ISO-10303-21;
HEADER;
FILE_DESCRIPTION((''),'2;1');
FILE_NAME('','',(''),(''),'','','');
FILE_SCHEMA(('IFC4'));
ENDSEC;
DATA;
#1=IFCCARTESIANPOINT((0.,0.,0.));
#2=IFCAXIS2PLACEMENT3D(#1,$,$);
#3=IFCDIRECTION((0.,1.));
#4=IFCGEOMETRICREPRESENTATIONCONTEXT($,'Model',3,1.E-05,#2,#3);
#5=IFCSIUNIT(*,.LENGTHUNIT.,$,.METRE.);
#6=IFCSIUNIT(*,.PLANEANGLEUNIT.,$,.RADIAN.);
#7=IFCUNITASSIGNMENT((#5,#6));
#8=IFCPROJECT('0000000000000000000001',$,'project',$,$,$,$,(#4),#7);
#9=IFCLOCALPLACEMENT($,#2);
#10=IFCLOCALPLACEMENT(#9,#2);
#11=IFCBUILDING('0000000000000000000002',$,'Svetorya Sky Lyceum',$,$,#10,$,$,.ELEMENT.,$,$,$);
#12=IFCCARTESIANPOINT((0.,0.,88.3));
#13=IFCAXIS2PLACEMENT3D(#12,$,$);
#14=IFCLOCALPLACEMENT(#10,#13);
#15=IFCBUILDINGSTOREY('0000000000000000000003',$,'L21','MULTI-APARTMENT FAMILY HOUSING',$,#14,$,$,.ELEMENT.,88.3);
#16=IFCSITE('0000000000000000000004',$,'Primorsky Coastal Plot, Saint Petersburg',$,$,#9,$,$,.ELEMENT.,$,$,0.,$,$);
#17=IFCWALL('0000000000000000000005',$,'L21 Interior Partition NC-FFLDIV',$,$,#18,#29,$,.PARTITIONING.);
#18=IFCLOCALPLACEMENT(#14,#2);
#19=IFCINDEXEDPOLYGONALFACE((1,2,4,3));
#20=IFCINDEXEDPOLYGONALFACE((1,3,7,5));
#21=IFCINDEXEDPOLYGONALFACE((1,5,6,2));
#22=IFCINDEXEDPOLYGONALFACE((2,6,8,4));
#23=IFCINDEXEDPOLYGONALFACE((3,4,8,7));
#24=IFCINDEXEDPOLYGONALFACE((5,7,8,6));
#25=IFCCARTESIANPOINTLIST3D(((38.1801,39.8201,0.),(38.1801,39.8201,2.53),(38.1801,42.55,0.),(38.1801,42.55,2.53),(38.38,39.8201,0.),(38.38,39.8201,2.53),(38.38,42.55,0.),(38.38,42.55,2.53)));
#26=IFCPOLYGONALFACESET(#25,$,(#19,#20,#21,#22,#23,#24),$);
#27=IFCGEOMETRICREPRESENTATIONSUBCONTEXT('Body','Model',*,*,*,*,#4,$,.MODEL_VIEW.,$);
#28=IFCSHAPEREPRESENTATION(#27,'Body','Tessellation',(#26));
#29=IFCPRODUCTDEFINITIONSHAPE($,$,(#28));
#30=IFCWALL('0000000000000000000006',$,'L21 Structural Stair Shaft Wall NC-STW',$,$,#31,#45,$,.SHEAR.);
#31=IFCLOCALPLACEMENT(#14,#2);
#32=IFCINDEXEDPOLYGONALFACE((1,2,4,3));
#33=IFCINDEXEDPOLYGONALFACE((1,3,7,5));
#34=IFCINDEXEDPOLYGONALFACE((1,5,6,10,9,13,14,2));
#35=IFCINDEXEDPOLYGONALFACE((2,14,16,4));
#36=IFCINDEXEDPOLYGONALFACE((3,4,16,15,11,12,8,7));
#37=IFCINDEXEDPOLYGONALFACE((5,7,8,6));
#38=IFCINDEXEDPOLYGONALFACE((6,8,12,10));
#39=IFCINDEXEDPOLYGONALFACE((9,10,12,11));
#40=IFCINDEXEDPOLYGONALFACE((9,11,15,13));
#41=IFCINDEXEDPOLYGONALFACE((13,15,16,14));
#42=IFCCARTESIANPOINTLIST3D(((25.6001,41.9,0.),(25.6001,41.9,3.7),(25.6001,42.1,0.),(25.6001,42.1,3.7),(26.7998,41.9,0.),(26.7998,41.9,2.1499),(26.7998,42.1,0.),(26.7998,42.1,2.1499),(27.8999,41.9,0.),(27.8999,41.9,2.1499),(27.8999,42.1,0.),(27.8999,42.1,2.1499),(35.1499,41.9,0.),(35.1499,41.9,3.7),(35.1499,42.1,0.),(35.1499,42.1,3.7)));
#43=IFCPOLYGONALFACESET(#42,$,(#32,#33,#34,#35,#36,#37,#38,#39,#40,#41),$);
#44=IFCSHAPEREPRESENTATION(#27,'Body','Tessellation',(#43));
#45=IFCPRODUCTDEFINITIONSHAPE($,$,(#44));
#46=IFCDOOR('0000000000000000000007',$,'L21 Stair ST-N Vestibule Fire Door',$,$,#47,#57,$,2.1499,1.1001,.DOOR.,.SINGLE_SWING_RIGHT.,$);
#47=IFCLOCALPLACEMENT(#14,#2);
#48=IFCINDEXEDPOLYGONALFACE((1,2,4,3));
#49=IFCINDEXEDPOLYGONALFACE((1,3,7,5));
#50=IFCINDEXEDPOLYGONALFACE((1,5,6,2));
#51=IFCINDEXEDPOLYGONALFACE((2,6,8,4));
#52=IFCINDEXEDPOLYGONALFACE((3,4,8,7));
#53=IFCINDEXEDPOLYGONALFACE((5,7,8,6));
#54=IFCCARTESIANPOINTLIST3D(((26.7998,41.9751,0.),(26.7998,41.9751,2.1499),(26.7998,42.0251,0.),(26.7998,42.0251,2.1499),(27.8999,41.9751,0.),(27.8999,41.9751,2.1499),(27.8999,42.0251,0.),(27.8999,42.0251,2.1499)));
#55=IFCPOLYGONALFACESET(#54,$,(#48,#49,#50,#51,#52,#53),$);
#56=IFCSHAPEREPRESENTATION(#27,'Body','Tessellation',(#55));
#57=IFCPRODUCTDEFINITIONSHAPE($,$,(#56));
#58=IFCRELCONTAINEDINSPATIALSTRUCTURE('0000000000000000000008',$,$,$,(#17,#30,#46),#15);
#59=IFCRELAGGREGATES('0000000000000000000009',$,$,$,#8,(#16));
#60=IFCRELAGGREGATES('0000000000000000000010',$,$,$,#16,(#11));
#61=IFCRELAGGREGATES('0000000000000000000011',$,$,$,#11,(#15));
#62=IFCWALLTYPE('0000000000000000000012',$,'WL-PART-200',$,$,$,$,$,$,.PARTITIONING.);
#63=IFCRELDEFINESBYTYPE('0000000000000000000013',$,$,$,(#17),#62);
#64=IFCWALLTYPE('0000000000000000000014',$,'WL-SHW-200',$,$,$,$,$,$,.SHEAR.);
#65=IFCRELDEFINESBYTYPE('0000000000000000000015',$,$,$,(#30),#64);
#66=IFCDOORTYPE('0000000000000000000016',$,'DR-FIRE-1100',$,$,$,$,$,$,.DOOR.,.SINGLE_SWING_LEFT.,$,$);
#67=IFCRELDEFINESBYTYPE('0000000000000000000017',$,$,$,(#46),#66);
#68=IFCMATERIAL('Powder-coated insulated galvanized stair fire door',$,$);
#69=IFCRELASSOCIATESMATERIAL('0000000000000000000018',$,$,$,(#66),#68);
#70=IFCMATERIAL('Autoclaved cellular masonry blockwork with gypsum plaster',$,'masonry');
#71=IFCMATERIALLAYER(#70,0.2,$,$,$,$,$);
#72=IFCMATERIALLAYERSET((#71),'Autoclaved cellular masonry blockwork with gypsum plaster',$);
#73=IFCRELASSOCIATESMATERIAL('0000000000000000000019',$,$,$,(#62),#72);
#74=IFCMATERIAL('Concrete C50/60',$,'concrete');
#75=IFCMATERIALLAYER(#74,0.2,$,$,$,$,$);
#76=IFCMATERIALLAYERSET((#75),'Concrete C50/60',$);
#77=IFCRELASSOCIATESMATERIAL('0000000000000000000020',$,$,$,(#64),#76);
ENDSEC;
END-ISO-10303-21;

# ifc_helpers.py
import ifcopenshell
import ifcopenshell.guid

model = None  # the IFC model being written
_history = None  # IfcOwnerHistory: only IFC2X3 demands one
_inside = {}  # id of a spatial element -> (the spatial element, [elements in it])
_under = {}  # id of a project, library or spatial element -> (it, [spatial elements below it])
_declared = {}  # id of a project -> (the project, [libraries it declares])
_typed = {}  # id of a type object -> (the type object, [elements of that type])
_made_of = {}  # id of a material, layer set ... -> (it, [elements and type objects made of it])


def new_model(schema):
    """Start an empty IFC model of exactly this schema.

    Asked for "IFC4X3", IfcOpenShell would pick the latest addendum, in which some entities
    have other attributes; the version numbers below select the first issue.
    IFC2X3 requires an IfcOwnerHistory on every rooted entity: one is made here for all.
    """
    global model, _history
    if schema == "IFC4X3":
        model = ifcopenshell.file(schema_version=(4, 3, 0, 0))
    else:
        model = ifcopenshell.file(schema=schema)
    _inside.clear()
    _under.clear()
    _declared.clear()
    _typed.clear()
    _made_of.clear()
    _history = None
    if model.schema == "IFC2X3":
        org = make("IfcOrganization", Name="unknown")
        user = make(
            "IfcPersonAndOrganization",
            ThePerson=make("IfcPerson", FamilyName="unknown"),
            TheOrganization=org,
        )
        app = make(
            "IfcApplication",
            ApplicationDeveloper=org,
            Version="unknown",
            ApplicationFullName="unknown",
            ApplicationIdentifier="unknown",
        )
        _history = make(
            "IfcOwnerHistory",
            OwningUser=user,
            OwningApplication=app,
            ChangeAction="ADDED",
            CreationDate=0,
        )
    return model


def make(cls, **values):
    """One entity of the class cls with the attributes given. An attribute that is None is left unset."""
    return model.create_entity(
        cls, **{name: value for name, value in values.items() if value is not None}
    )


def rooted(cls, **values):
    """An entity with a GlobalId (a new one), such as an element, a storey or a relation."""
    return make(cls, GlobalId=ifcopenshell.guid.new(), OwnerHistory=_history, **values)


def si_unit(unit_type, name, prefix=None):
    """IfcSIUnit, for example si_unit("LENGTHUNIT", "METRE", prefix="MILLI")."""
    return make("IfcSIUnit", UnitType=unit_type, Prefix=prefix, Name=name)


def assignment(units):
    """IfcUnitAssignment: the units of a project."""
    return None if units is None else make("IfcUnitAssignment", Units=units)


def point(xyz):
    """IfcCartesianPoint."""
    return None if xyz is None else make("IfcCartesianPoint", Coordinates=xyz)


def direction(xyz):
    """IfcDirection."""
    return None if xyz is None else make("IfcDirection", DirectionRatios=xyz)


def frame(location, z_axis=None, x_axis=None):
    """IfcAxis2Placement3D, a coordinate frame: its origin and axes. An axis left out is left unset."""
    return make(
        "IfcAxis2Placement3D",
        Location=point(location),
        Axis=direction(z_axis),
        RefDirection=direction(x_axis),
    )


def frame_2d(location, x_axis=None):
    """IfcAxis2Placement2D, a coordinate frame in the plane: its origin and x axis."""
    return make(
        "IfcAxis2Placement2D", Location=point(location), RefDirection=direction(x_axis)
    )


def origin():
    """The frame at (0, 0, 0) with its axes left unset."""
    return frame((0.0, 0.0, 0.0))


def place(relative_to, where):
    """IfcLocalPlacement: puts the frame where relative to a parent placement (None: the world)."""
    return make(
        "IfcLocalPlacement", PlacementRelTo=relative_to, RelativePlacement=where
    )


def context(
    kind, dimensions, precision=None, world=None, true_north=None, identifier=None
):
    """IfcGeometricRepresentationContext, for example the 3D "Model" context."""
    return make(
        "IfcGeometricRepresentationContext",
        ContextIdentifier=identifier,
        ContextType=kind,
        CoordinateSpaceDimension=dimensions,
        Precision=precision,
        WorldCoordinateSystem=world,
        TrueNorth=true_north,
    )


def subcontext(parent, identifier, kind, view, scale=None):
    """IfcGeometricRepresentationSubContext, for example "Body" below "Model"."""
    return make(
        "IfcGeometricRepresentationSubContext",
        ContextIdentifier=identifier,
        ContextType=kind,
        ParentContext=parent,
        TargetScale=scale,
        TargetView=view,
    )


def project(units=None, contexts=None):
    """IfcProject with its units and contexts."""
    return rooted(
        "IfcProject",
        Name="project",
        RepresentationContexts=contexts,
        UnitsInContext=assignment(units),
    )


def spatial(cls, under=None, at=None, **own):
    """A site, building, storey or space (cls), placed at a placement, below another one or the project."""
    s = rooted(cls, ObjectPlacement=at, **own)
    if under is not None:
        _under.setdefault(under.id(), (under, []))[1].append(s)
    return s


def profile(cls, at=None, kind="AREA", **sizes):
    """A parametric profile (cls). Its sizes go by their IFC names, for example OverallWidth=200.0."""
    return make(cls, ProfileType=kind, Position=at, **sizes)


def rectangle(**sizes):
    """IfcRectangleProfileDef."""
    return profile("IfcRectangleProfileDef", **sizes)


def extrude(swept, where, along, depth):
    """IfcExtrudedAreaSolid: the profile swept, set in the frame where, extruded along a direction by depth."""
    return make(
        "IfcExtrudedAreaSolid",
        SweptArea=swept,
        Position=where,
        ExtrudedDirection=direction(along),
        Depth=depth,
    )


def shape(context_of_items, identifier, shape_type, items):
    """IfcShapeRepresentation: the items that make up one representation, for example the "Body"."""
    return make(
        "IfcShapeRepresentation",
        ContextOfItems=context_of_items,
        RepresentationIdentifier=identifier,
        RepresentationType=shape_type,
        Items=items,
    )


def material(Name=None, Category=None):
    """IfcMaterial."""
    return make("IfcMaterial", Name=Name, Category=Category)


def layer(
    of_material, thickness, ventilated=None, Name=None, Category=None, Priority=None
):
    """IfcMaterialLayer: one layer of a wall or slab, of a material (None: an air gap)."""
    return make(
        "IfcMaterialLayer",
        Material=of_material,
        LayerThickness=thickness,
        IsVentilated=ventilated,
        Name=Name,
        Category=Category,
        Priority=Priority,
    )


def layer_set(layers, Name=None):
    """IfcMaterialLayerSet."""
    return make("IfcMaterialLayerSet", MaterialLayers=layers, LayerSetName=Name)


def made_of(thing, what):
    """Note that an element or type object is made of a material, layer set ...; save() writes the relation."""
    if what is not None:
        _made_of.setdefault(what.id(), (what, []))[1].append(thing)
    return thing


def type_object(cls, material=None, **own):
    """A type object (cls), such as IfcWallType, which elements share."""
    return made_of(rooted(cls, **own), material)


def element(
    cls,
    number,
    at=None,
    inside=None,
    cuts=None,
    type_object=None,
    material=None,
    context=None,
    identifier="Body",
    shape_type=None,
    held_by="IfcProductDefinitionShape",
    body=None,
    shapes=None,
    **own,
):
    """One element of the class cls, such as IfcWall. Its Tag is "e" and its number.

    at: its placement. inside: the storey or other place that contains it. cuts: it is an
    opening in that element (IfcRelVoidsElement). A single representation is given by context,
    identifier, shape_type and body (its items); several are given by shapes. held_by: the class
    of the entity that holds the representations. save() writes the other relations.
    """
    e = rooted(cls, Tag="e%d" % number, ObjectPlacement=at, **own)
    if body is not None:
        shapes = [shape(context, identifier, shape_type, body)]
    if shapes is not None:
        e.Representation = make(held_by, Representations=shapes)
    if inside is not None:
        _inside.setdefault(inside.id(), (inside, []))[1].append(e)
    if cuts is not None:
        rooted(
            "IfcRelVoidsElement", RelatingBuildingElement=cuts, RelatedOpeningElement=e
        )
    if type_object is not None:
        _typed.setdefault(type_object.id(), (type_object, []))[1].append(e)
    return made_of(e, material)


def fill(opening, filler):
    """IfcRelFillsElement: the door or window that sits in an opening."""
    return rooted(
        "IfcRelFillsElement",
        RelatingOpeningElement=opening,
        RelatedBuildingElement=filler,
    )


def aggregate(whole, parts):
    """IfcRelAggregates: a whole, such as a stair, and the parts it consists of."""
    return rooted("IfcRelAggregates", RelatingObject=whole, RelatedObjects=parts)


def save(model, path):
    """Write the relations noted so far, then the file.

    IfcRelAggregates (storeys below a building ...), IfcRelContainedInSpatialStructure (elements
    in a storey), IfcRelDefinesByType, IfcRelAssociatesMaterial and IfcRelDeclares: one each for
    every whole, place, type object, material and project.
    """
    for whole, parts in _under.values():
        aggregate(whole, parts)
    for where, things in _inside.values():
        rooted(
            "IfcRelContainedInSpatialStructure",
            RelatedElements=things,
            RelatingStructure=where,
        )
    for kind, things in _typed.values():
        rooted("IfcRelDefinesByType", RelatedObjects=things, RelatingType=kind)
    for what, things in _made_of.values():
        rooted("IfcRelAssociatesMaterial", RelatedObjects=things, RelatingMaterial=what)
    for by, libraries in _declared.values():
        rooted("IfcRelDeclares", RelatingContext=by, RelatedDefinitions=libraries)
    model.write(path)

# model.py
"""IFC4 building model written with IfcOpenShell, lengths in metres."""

from ifc_helpers import new_model, si_unit, direction, frame, frame_2d, origin, place, context, subcontext, project, spatial, rectangle, extrude, material, layer, layer_set, type_object, element, fill, save


model = new_model("IFC4")

# Units and contexts
model_context = context("Model", 3, precision=1e-05, world=origin(), true_north=direction((0.0, 1.0)))
body_context = subcontext(model_context, "Body", "Model", "MODEL_VIEW")
ifc_project = project(units=[si_unit("LENGTHUNIT", "METRE"), si_unit("PLANEANGLEUNIT", "RADIAN")], contexts=[model_context])

# Site, building, storey
site_placement = place(None, origin())
site = spatial("IfcSite", under=ifc_project, at=site_placement, Name="Primorsky Coastal Plot, Saint Petersburg", CompositionType="ELEMENT", RefElevation=0.0)
building_placement = place(site_placement, origin())
building = spatial("IfcBuilding", under=site, at=building_placement, Name="Svetorya Sky Lyceum", CompositionType="ELEMENT")
storey_placement = place(building_placement, frame((0.0, 0.0, 88.3)))
storey = spatial("IfcBuildingStorey", under=building, at=storey_placement, Name="L21", Description="MULTI-APARTMENT FAMILY HOUSING", CompositionType="ELEMENT", Elevation=88.3)

# Shared definitions
ifc_material_1 = material(Name="Concrete C50/60", Category="concrete")

# Shared definitions
ifc_material_2 = material(Name="Powder-coated insulated galvanized stair fire door")
door_type_1 = type_object("IfcDoorType", Name="DR-FIRE-1100", OperationType="SINGLE_SWING_LEFT", PredefinedType="DOOR", material=ifc_material_2)

# Shared definitions
ifc_material_3 = material(Name="Autoclaved cellular masonry blockwork with gypsum plaster", Category="masonry")
ifc_layer_1 = layer(ifc_material_3, 0.2)
ifc_layer_set_1 = layer_set([ifc_layer_1], Name="Autoclaved cellular masonry blockwork with gypsum plaster")
wall_type_1 = type_object("IfcWallType", Name="WL-PART-200", PredefinedType="PARTITIONING", material=ifc_layer_set_1)

# Wall
wall_1_placement = place(storey_placement, frame((38.28, 39.8201, 0.0), z_axis=(0.0, 0.0, 1.0), x_axis=(0.0, 1.0, 0.0)))
element("IfcWall", 1, at=wall_1_placement, inside=storey, type_object=wall_type_1, Name="L21 Interior Partition NC-FFLDIV", PredefinedType="PARTITIONING", context=body_context, shape_type="SweptSolid", body=[
    extrude(rectangle(XDim=2.73, YDim=0.2, at=frame_2d((1.365, 0.0))), origin(), (0.0, 0.0, 1.0), 2.53),
])

# Wall, opening, door
ifc_layer_2 = layer(ifc_material_1, 0.2)
ifc_layer_set_2 = layer_set([ifc_layer_2], Name="Concrete C50/60")
wall_type_2 = type_object("IfcWallType", Name="WL-SHW-200", PredefinedType="SHEAR", material=ifc_layer_set_2)
wall_2_placement = place(storey_placement, frame((35.1499, 42.0, 0.0), z_axis=(0.0, 0.0, 1.0), x_axis=(-1.0, 0.0, 0.0)))
wall_2 = element("IfcWall", 2, at=wall_2_placement, inside=storey, type_object=wall_type_2, Name="L21 Structural Stair Shaft Wall NC-STW", PredefinedType="SHEAR", context=body_context, shape_type="SweptSolid", body=[
    extrude(rectangle(XDim=9.5498, YDim=0.2, at=frame_2d((4.7749, 0.0))), origin(), (0.0, 0.0, 1.0), 3.7),
])
opening_1_placement = place(wall_2_placement, frame((7.25, 0.0, 0.0)))
opening_1 = element("IfcOpeningElement", 3, at=opening_1_placement, cuts=wall_2, PredefinedType="OPENING", context=body_context, shape_type="SweptSolid", body=[
    extrude(rectangle(XDim=1.1001, YDim=2.1499, at=frame_2d((0.55, 1.075))), frame((0.0, 0.1099, 0.0), z_axis=(0.0, -1.0, 0.0), x_axis=(1.0, 0.0, 0.0)), (0.0, 0.0, 1.0), 0.22),
])
door_1_placement = place(opening_1_placement, origin())
door_1 = element("IfcDoor", 4, at=door_1_placement, inside=storey, type_object=door_type_1, Name="L21 Stair ST-N Vestibule Fire Door", OperationType="SINGLE_SWING_RIGHT", OverallHeight=2.1499, OverallWidth=1.1001, PredefinedType="DOOR", context=body_context, shape_type="SweptSolid", body=[
    extrude(rectangle(XDim=1.1001, YDim=2.1499, at=frame_2d((0.55, 1.075))), frame((0.0, 0.0249, 0.0), z_axis=(0.0, -1.0, 0.0), x_axis=(1.0, 0.0, 0.0)), (0.0, 0.0, 1.0), 0.05),
])
fill(opening_1, door_1)

save(model, "model.ifc")
